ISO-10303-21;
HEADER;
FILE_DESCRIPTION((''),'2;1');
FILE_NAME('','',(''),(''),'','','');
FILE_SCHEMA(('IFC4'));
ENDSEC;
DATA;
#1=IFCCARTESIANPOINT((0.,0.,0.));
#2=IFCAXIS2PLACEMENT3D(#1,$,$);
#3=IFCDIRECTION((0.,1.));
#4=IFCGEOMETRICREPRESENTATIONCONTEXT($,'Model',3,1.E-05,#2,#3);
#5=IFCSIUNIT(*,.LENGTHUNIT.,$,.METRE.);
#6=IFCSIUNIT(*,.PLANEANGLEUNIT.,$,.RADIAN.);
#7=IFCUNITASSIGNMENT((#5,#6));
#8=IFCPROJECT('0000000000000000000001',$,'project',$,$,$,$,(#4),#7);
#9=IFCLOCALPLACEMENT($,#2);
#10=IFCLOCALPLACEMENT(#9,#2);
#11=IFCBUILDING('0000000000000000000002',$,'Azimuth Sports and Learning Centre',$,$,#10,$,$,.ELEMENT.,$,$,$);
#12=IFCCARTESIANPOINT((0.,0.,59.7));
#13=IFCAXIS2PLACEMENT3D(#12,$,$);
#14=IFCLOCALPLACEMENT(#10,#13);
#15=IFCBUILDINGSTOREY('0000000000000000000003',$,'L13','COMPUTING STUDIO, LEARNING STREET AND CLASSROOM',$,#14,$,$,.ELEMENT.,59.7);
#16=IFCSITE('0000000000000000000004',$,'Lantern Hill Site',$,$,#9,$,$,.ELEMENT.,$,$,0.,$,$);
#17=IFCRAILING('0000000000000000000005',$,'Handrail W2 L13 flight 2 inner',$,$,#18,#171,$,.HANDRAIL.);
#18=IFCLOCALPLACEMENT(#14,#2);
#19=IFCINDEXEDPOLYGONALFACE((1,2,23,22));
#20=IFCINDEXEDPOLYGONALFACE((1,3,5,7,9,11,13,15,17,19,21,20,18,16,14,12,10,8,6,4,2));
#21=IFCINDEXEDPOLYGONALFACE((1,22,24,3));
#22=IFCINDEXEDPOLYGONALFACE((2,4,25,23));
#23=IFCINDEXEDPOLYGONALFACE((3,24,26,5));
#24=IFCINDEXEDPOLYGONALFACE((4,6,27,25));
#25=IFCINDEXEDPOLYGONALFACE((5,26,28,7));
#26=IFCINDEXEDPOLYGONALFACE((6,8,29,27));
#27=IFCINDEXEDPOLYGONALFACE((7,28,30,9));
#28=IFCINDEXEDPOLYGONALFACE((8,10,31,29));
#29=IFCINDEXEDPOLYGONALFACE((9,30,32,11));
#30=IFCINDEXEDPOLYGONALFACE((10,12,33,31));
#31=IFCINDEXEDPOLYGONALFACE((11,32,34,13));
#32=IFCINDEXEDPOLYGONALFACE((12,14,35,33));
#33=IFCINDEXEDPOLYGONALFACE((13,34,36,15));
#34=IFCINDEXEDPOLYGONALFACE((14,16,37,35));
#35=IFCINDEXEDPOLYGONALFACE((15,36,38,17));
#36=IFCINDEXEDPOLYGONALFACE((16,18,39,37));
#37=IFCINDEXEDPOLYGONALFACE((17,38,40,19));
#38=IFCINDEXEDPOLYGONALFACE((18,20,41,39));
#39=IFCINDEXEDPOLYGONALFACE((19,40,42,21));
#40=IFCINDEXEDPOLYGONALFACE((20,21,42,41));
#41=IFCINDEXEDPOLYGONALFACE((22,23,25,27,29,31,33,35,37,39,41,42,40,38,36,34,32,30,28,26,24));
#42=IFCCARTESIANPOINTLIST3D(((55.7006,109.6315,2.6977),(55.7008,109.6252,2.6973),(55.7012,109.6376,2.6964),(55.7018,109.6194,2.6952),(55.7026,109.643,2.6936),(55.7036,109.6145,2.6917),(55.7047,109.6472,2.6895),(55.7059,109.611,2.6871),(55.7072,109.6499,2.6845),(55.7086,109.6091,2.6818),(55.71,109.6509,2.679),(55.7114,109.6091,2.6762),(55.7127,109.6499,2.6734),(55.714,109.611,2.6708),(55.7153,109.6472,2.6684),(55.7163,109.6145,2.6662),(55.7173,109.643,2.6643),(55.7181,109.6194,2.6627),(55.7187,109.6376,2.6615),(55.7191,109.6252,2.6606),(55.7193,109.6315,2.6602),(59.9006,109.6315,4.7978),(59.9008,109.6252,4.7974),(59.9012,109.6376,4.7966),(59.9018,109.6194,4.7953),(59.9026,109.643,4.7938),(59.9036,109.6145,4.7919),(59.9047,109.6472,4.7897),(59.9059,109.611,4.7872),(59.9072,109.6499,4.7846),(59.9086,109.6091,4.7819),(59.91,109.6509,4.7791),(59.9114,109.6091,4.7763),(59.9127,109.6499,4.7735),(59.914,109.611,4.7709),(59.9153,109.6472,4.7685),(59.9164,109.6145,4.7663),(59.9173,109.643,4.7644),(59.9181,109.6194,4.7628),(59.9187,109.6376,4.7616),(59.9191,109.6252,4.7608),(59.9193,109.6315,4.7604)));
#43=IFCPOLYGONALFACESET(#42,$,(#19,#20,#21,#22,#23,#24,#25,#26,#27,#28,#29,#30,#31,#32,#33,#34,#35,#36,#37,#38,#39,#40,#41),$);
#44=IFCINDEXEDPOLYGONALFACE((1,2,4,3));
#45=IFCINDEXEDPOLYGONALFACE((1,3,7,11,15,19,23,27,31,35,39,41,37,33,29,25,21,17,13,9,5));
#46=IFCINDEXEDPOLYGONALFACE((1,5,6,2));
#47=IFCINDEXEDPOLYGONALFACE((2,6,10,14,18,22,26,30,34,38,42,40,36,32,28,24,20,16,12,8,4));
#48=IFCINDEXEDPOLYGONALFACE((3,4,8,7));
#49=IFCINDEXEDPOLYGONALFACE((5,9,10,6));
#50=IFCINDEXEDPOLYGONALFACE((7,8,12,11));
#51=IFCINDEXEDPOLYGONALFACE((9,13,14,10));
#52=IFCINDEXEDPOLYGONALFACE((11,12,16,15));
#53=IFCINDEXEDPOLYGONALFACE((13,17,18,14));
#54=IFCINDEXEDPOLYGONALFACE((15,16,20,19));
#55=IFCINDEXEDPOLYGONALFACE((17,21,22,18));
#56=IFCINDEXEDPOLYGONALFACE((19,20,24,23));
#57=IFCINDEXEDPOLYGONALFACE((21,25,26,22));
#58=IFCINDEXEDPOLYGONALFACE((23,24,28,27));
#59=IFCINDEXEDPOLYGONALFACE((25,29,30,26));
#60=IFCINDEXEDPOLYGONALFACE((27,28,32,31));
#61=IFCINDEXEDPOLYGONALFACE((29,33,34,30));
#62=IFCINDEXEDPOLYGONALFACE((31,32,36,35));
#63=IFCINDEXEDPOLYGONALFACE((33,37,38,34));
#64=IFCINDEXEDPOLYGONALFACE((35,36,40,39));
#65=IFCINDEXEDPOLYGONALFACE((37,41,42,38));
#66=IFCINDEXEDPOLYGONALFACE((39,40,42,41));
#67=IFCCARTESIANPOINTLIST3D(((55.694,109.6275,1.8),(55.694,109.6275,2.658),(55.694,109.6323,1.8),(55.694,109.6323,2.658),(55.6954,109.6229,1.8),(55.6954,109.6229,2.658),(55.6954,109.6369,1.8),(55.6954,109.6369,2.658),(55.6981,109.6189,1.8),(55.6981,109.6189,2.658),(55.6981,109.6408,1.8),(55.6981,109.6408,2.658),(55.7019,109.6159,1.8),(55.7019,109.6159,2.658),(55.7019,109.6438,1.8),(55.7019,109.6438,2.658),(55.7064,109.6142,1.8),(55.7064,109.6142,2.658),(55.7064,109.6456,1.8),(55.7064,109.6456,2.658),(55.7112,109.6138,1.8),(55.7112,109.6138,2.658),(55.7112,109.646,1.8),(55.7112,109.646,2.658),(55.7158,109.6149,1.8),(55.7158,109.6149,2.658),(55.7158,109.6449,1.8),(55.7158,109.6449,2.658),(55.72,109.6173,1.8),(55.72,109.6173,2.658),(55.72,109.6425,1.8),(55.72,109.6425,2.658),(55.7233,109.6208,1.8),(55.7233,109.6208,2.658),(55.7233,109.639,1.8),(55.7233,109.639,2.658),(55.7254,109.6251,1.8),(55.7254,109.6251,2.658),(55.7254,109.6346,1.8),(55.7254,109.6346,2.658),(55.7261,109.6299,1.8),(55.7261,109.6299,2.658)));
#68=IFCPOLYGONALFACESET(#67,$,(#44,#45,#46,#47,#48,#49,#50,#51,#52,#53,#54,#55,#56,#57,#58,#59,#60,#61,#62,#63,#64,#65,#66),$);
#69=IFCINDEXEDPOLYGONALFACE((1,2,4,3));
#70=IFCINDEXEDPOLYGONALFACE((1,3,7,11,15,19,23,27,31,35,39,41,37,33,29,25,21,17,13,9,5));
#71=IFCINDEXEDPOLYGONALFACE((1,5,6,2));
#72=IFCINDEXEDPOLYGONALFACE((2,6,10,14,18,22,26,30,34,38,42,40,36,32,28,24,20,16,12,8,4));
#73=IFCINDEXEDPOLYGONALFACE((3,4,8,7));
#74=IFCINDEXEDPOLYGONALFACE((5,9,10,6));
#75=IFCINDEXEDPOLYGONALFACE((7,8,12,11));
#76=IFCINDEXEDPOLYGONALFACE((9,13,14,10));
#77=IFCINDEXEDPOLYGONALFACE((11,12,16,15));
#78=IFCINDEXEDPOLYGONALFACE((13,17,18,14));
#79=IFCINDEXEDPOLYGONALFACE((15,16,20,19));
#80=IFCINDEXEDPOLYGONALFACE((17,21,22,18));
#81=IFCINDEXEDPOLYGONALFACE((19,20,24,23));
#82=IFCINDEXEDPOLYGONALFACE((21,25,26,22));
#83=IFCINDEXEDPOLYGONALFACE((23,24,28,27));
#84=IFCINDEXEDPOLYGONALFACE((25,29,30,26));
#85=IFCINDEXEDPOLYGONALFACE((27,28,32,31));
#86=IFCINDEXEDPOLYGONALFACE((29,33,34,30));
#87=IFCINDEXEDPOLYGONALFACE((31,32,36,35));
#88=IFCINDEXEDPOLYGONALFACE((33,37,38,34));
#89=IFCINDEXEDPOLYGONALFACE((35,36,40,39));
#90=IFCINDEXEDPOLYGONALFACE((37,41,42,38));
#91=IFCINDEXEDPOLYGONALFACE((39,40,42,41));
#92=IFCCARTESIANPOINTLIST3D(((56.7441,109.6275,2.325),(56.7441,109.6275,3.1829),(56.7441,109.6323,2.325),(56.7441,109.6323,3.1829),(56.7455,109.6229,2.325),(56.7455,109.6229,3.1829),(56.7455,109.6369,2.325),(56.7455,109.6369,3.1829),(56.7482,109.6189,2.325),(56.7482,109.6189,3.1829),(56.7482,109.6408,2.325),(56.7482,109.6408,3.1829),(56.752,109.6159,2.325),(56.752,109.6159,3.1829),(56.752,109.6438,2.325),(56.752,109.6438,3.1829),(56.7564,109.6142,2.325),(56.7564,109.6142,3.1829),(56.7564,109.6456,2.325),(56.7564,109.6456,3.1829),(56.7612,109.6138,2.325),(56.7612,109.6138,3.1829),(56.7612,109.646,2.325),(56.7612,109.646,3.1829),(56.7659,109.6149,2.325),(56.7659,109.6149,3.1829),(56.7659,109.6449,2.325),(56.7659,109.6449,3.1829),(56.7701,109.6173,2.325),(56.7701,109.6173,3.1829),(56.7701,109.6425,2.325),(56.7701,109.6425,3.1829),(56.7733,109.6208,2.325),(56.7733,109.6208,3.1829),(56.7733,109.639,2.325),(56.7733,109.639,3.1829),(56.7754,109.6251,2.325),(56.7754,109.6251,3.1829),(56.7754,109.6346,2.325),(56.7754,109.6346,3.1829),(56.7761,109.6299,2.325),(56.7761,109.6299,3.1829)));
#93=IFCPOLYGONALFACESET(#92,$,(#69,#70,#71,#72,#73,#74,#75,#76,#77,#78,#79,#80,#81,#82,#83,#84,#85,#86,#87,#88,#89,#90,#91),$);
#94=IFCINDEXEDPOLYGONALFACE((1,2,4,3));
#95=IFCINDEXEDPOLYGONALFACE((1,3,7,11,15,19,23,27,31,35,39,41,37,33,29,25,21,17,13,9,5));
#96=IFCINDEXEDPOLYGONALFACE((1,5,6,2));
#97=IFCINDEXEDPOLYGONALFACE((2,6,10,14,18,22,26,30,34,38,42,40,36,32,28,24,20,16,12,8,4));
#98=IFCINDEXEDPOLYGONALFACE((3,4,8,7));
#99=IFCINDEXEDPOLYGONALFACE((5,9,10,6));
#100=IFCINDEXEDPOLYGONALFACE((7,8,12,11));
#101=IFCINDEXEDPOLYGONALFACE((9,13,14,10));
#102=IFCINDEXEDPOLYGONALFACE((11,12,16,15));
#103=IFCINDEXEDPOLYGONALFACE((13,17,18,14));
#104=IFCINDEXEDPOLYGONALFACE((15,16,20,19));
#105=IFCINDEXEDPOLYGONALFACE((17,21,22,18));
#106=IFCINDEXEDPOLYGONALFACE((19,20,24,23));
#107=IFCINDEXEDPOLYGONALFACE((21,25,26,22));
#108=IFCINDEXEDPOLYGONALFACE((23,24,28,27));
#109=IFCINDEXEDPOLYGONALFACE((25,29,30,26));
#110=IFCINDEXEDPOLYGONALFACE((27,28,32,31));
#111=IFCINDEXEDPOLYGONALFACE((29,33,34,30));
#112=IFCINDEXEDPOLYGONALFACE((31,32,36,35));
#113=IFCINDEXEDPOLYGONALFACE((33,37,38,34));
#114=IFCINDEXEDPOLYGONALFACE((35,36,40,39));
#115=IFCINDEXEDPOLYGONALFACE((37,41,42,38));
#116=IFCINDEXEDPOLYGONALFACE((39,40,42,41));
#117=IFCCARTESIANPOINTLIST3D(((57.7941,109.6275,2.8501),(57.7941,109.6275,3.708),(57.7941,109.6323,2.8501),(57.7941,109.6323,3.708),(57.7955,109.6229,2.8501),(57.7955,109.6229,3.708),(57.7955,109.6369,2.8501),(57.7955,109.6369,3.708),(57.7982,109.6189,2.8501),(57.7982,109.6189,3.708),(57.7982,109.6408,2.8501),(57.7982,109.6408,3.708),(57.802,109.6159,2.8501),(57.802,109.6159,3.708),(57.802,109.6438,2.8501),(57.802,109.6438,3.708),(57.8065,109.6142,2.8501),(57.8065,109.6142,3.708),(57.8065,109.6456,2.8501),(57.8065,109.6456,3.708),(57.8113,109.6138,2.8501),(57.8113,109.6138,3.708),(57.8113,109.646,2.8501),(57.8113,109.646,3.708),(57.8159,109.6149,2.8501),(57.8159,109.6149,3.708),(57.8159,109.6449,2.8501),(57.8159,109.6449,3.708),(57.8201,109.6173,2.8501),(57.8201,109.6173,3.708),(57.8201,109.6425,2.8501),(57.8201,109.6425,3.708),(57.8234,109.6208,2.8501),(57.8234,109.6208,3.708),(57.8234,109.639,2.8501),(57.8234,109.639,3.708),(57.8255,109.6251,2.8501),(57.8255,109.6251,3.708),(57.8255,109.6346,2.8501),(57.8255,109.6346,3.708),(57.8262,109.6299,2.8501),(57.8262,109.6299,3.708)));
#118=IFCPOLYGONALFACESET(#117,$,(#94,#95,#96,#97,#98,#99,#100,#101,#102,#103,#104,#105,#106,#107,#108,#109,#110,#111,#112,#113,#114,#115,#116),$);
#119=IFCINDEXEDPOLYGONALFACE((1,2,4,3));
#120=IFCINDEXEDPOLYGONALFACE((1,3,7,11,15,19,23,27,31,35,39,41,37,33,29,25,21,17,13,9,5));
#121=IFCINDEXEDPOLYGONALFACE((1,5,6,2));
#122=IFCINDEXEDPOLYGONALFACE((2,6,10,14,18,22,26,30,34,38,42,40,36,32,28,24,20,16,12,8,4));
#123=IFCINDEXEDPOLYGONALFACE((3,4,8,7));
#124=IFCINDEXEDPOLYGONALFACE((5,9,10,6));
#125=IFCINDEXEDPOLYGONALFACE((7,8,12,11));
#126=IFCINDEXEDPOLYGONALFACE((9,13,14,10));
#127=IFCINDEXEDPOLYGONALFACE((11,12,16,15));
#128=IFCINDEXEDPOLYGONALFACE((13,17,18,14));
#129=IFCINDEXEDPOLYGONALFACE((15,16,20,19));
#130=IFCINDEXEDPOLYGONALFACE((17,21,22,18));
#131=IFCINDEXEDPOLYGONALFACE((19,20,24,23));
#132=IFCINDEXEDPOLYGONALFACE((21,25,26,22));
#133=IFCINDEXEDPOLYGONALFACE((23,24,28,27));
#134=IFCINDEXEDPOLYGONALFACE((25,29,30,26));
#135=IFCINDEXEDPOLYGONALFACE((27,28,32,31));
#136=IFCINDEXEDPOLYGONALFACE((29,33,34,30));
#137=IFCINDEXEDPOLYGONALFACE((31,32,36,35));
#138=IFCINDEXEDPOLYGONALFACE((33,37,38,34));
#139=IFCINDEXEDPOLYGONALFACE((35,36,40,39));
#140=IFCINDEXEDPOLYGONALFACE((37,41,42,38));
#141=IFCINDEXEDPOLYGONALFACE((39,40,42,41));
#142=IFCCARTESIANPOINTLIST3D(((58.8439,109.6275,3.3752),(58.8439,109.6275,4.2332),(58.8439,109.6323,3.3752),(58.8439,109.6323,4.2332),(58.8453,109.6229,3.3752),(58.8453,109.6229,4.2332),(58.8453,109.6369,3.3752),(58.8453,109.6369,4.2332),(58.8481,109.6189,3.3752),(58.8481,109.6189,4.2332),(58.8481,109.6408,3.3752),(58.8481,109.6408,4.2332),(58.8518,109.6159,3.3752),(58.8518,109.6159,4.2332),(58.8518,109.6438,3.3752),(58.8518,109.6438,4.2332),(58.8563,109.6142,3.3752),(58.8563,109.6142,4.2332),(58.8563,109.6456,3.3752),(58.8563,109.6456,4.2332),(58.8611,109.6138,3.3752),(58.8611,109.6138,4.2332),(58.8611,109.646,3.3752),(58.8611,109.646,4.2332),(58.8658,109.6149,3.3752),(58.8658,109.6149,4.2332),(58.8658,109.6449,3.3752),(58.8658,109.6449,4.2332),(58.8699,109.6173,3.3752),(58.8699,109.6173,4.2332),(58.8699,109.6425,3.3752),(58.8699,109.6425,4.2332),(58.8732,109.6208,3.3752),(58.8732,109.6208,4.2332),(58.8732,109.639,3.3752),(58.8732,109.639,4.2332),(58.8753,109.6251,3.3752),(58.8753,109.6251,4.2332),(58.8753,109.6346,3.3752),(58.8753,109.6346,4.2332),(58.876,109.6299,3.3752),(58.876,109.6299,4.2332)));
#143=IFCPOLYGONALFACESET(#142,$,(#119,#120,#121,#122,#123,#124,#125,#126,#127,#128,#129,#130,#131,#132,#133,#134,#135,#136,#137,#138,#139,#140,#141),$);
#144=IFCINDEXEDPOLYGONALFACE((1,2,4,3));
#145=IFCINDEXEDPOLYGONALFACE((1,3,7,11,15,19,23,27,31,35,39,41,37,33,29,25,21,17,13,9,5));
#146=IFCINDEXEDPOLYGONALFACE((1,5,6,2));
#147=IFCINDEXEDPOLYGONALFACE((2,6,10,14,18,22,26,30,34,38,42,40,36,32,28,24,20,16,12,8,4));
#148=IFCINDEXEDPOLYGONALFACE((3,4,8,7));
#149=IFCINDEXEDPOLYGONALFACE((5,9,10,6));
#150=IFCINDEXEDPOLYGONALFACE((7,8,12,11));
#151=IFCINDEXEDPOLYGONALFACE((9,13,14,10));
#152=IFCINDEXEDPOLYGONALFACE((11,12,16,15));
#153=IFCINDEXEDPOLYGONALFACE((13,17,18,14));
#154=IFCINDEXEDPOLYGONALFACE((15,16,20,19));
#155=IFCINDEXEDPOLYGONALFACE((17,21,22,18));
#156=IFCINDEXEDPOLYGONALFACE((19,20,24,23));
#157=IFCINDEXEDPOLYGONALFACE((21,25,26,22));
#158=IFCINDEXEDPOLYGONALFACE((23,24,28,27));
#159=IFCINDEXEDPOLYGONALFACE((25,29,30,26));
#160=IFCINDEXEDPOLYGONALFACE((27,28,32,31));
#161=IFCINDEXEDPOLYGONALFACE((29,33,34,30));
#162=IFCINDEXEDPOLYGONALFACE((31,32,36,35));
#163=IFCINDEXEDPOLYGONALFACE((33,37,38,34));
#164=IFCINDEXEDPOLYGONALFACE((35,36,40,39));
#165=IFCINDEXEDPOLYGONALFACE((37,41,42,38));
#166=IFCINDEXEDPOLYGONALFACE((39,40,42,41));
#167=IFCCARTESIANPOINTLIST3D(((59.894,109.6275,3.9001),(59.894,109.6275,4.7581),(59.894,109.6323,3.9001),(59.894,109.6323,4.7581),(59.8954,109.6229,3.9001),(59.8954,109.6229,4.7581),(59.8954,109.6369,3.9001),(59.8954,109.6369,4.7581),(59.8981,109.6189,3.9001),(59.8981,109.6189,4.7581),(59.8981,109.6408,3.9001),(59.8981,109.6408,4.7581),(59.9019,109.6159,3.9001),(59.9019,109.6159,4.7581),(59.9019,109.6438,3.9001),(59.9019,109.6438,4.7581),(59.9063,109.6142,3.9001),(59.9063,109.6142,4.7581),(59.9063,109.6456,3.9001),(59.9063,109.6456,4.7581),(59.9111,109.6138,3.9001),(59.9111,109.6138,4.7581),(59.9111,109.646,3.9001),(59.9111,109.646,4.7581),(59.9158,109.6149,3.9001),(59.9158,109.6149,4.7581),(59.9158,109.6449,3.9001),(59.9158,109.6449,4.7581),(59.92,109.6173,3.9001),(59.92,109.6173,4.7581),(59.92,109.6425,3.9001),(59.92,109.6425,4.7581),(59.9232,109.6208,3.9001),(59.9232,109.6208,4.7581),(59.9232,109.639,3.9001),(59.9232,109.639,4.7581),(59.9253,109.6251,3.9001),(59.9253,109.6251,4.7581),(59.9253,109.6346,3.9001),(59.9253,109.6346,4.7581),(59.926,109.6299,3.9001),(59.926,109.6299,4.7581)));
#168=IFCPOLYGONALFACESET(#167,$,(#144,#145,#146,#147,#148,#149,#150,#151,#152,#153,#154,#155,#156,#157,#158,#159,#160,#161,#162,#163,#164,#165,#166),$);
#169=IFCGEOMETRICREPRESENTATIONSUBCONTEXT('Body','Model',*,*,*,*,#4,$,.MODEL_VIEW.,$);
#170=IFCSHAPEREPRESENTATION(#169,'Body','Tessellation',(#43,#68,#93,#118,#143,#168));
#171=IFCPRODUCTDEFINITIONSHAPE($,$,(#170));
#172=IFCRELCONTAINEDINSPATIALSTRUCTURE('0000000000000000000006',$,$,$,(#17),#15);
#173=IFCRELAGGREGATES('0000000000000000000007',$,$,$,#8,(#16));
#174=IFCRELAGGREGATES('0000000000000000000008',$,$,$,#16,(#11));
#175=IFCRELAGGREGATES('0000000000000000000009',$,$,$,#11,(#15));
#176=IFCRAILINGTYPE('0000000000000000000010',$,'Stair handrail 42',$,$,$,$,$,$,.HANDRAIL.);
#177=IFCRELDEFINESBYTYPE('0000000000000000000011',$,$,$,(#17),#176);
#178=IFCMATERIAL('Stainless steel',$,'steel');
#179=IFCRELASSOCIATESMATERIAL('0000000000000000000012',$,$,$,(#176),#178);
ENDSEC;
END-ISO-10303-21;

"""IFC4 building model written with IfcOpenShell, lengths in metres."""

from ifc_helpers import new_model, si_unit, direction, frame, origin, origin_2d, place, context, subcontext, project, spatial, circle, extrude, material, type_object, element, save


model = new_model("IFC4")

# Units and contexts
model_context = context("Model", 3, precision=1e-05, world=origin(), true_north=direction((0.0, 1.0)))
body_context = subcontext(model_context, "Body", "Model", "MODEL_VIEW")
ifc_project = project(units=[si_unit("LENGTHUNIT", "METRE"), si_unit("PLANEANGLEUNIT", "RADIAN")], contexts=[model_context])

# Site, building, storey
site_placement = place(None, origin())
site = spatial("IfcSite", under=ifc_project, at=site_placement, Name="Lantern Hill Site", CompositionType="ELEMENT", RefElevation=0.0)
building_placement = place(site_placement, origin())
building = spatial("IfcBuilding", under=site, at=building_placement, Name="Azimuth Sports and Learning Centre", CompositionType="ELEMENT")
storey_placement = place(building_placement, frame((0.0, 0.0, 59.7)))
storey = spatial("IfcBuildingStorey", under=building, at=storey_placement, Name="L13", Description="COMPUTING STUDIO, LEARNING STREET AND CLASSROOM", CompositionType="ELEMENT", Elevation=59.7)

# Railing
ifc_material_1 = material(Name="Stainless steel", Category="steel")
railing_type = type_object("IfcRailingType", Name="Stair handrail 42", PredefinedType="HANDRAIL", material=ifc_material_1)
for number, where, name in (
    (1, (55.71, 109.6299, 1.8), "Handrail W2 L13 flight 2 inner"),
):
    element("IfcRailing", number, at=place(storey_placement, frame(where)), inside=storey, type_object=railing_type, Name=name, PredefinedType="HANDRAIL", context=body_context, shape_type="SweptSolid", body=[
        extrude(circle(Radius=0.021, at=origin_2d()), frame((0.0, 0.0, 0.8789), z_axis=(0.894417, 0.0, 0.447234), x_axis=(0.0, 1.0, 0.0)), (0.0, 0.0, 1.0), 4.6958),
        extrude(circle(Radius=0.0161, at=origin_2d()), origin(), (0.0, 0.0, 1.0), 0.8579),
        extrude(circle(Radius=0.0161, at=origin_2d()), frame((1.05, 0.0, 0.5249)), (0.0, 0.0, 1.0), 0.8579),
        extrude(circle(Radius=0.0161, at=origin_2d()), frame((2.1001, 0.0, 1.05)), (0.0, 0.0, 1.0), 0.8579),
        extrude(circle(Radius=0.0161, at=origin_2d()), frame((3.1499, 0.0, 1.5752)), (0.0, 0.0, 1.0), 0.8579),
        extrude(circle(Radius=0.0161, at=origin_2d()), frame((4.2, 0.0, 2.1001)), (0.0, 0.0, 1.0), 0.8579),
    ])

save(model, "model.ifc")
